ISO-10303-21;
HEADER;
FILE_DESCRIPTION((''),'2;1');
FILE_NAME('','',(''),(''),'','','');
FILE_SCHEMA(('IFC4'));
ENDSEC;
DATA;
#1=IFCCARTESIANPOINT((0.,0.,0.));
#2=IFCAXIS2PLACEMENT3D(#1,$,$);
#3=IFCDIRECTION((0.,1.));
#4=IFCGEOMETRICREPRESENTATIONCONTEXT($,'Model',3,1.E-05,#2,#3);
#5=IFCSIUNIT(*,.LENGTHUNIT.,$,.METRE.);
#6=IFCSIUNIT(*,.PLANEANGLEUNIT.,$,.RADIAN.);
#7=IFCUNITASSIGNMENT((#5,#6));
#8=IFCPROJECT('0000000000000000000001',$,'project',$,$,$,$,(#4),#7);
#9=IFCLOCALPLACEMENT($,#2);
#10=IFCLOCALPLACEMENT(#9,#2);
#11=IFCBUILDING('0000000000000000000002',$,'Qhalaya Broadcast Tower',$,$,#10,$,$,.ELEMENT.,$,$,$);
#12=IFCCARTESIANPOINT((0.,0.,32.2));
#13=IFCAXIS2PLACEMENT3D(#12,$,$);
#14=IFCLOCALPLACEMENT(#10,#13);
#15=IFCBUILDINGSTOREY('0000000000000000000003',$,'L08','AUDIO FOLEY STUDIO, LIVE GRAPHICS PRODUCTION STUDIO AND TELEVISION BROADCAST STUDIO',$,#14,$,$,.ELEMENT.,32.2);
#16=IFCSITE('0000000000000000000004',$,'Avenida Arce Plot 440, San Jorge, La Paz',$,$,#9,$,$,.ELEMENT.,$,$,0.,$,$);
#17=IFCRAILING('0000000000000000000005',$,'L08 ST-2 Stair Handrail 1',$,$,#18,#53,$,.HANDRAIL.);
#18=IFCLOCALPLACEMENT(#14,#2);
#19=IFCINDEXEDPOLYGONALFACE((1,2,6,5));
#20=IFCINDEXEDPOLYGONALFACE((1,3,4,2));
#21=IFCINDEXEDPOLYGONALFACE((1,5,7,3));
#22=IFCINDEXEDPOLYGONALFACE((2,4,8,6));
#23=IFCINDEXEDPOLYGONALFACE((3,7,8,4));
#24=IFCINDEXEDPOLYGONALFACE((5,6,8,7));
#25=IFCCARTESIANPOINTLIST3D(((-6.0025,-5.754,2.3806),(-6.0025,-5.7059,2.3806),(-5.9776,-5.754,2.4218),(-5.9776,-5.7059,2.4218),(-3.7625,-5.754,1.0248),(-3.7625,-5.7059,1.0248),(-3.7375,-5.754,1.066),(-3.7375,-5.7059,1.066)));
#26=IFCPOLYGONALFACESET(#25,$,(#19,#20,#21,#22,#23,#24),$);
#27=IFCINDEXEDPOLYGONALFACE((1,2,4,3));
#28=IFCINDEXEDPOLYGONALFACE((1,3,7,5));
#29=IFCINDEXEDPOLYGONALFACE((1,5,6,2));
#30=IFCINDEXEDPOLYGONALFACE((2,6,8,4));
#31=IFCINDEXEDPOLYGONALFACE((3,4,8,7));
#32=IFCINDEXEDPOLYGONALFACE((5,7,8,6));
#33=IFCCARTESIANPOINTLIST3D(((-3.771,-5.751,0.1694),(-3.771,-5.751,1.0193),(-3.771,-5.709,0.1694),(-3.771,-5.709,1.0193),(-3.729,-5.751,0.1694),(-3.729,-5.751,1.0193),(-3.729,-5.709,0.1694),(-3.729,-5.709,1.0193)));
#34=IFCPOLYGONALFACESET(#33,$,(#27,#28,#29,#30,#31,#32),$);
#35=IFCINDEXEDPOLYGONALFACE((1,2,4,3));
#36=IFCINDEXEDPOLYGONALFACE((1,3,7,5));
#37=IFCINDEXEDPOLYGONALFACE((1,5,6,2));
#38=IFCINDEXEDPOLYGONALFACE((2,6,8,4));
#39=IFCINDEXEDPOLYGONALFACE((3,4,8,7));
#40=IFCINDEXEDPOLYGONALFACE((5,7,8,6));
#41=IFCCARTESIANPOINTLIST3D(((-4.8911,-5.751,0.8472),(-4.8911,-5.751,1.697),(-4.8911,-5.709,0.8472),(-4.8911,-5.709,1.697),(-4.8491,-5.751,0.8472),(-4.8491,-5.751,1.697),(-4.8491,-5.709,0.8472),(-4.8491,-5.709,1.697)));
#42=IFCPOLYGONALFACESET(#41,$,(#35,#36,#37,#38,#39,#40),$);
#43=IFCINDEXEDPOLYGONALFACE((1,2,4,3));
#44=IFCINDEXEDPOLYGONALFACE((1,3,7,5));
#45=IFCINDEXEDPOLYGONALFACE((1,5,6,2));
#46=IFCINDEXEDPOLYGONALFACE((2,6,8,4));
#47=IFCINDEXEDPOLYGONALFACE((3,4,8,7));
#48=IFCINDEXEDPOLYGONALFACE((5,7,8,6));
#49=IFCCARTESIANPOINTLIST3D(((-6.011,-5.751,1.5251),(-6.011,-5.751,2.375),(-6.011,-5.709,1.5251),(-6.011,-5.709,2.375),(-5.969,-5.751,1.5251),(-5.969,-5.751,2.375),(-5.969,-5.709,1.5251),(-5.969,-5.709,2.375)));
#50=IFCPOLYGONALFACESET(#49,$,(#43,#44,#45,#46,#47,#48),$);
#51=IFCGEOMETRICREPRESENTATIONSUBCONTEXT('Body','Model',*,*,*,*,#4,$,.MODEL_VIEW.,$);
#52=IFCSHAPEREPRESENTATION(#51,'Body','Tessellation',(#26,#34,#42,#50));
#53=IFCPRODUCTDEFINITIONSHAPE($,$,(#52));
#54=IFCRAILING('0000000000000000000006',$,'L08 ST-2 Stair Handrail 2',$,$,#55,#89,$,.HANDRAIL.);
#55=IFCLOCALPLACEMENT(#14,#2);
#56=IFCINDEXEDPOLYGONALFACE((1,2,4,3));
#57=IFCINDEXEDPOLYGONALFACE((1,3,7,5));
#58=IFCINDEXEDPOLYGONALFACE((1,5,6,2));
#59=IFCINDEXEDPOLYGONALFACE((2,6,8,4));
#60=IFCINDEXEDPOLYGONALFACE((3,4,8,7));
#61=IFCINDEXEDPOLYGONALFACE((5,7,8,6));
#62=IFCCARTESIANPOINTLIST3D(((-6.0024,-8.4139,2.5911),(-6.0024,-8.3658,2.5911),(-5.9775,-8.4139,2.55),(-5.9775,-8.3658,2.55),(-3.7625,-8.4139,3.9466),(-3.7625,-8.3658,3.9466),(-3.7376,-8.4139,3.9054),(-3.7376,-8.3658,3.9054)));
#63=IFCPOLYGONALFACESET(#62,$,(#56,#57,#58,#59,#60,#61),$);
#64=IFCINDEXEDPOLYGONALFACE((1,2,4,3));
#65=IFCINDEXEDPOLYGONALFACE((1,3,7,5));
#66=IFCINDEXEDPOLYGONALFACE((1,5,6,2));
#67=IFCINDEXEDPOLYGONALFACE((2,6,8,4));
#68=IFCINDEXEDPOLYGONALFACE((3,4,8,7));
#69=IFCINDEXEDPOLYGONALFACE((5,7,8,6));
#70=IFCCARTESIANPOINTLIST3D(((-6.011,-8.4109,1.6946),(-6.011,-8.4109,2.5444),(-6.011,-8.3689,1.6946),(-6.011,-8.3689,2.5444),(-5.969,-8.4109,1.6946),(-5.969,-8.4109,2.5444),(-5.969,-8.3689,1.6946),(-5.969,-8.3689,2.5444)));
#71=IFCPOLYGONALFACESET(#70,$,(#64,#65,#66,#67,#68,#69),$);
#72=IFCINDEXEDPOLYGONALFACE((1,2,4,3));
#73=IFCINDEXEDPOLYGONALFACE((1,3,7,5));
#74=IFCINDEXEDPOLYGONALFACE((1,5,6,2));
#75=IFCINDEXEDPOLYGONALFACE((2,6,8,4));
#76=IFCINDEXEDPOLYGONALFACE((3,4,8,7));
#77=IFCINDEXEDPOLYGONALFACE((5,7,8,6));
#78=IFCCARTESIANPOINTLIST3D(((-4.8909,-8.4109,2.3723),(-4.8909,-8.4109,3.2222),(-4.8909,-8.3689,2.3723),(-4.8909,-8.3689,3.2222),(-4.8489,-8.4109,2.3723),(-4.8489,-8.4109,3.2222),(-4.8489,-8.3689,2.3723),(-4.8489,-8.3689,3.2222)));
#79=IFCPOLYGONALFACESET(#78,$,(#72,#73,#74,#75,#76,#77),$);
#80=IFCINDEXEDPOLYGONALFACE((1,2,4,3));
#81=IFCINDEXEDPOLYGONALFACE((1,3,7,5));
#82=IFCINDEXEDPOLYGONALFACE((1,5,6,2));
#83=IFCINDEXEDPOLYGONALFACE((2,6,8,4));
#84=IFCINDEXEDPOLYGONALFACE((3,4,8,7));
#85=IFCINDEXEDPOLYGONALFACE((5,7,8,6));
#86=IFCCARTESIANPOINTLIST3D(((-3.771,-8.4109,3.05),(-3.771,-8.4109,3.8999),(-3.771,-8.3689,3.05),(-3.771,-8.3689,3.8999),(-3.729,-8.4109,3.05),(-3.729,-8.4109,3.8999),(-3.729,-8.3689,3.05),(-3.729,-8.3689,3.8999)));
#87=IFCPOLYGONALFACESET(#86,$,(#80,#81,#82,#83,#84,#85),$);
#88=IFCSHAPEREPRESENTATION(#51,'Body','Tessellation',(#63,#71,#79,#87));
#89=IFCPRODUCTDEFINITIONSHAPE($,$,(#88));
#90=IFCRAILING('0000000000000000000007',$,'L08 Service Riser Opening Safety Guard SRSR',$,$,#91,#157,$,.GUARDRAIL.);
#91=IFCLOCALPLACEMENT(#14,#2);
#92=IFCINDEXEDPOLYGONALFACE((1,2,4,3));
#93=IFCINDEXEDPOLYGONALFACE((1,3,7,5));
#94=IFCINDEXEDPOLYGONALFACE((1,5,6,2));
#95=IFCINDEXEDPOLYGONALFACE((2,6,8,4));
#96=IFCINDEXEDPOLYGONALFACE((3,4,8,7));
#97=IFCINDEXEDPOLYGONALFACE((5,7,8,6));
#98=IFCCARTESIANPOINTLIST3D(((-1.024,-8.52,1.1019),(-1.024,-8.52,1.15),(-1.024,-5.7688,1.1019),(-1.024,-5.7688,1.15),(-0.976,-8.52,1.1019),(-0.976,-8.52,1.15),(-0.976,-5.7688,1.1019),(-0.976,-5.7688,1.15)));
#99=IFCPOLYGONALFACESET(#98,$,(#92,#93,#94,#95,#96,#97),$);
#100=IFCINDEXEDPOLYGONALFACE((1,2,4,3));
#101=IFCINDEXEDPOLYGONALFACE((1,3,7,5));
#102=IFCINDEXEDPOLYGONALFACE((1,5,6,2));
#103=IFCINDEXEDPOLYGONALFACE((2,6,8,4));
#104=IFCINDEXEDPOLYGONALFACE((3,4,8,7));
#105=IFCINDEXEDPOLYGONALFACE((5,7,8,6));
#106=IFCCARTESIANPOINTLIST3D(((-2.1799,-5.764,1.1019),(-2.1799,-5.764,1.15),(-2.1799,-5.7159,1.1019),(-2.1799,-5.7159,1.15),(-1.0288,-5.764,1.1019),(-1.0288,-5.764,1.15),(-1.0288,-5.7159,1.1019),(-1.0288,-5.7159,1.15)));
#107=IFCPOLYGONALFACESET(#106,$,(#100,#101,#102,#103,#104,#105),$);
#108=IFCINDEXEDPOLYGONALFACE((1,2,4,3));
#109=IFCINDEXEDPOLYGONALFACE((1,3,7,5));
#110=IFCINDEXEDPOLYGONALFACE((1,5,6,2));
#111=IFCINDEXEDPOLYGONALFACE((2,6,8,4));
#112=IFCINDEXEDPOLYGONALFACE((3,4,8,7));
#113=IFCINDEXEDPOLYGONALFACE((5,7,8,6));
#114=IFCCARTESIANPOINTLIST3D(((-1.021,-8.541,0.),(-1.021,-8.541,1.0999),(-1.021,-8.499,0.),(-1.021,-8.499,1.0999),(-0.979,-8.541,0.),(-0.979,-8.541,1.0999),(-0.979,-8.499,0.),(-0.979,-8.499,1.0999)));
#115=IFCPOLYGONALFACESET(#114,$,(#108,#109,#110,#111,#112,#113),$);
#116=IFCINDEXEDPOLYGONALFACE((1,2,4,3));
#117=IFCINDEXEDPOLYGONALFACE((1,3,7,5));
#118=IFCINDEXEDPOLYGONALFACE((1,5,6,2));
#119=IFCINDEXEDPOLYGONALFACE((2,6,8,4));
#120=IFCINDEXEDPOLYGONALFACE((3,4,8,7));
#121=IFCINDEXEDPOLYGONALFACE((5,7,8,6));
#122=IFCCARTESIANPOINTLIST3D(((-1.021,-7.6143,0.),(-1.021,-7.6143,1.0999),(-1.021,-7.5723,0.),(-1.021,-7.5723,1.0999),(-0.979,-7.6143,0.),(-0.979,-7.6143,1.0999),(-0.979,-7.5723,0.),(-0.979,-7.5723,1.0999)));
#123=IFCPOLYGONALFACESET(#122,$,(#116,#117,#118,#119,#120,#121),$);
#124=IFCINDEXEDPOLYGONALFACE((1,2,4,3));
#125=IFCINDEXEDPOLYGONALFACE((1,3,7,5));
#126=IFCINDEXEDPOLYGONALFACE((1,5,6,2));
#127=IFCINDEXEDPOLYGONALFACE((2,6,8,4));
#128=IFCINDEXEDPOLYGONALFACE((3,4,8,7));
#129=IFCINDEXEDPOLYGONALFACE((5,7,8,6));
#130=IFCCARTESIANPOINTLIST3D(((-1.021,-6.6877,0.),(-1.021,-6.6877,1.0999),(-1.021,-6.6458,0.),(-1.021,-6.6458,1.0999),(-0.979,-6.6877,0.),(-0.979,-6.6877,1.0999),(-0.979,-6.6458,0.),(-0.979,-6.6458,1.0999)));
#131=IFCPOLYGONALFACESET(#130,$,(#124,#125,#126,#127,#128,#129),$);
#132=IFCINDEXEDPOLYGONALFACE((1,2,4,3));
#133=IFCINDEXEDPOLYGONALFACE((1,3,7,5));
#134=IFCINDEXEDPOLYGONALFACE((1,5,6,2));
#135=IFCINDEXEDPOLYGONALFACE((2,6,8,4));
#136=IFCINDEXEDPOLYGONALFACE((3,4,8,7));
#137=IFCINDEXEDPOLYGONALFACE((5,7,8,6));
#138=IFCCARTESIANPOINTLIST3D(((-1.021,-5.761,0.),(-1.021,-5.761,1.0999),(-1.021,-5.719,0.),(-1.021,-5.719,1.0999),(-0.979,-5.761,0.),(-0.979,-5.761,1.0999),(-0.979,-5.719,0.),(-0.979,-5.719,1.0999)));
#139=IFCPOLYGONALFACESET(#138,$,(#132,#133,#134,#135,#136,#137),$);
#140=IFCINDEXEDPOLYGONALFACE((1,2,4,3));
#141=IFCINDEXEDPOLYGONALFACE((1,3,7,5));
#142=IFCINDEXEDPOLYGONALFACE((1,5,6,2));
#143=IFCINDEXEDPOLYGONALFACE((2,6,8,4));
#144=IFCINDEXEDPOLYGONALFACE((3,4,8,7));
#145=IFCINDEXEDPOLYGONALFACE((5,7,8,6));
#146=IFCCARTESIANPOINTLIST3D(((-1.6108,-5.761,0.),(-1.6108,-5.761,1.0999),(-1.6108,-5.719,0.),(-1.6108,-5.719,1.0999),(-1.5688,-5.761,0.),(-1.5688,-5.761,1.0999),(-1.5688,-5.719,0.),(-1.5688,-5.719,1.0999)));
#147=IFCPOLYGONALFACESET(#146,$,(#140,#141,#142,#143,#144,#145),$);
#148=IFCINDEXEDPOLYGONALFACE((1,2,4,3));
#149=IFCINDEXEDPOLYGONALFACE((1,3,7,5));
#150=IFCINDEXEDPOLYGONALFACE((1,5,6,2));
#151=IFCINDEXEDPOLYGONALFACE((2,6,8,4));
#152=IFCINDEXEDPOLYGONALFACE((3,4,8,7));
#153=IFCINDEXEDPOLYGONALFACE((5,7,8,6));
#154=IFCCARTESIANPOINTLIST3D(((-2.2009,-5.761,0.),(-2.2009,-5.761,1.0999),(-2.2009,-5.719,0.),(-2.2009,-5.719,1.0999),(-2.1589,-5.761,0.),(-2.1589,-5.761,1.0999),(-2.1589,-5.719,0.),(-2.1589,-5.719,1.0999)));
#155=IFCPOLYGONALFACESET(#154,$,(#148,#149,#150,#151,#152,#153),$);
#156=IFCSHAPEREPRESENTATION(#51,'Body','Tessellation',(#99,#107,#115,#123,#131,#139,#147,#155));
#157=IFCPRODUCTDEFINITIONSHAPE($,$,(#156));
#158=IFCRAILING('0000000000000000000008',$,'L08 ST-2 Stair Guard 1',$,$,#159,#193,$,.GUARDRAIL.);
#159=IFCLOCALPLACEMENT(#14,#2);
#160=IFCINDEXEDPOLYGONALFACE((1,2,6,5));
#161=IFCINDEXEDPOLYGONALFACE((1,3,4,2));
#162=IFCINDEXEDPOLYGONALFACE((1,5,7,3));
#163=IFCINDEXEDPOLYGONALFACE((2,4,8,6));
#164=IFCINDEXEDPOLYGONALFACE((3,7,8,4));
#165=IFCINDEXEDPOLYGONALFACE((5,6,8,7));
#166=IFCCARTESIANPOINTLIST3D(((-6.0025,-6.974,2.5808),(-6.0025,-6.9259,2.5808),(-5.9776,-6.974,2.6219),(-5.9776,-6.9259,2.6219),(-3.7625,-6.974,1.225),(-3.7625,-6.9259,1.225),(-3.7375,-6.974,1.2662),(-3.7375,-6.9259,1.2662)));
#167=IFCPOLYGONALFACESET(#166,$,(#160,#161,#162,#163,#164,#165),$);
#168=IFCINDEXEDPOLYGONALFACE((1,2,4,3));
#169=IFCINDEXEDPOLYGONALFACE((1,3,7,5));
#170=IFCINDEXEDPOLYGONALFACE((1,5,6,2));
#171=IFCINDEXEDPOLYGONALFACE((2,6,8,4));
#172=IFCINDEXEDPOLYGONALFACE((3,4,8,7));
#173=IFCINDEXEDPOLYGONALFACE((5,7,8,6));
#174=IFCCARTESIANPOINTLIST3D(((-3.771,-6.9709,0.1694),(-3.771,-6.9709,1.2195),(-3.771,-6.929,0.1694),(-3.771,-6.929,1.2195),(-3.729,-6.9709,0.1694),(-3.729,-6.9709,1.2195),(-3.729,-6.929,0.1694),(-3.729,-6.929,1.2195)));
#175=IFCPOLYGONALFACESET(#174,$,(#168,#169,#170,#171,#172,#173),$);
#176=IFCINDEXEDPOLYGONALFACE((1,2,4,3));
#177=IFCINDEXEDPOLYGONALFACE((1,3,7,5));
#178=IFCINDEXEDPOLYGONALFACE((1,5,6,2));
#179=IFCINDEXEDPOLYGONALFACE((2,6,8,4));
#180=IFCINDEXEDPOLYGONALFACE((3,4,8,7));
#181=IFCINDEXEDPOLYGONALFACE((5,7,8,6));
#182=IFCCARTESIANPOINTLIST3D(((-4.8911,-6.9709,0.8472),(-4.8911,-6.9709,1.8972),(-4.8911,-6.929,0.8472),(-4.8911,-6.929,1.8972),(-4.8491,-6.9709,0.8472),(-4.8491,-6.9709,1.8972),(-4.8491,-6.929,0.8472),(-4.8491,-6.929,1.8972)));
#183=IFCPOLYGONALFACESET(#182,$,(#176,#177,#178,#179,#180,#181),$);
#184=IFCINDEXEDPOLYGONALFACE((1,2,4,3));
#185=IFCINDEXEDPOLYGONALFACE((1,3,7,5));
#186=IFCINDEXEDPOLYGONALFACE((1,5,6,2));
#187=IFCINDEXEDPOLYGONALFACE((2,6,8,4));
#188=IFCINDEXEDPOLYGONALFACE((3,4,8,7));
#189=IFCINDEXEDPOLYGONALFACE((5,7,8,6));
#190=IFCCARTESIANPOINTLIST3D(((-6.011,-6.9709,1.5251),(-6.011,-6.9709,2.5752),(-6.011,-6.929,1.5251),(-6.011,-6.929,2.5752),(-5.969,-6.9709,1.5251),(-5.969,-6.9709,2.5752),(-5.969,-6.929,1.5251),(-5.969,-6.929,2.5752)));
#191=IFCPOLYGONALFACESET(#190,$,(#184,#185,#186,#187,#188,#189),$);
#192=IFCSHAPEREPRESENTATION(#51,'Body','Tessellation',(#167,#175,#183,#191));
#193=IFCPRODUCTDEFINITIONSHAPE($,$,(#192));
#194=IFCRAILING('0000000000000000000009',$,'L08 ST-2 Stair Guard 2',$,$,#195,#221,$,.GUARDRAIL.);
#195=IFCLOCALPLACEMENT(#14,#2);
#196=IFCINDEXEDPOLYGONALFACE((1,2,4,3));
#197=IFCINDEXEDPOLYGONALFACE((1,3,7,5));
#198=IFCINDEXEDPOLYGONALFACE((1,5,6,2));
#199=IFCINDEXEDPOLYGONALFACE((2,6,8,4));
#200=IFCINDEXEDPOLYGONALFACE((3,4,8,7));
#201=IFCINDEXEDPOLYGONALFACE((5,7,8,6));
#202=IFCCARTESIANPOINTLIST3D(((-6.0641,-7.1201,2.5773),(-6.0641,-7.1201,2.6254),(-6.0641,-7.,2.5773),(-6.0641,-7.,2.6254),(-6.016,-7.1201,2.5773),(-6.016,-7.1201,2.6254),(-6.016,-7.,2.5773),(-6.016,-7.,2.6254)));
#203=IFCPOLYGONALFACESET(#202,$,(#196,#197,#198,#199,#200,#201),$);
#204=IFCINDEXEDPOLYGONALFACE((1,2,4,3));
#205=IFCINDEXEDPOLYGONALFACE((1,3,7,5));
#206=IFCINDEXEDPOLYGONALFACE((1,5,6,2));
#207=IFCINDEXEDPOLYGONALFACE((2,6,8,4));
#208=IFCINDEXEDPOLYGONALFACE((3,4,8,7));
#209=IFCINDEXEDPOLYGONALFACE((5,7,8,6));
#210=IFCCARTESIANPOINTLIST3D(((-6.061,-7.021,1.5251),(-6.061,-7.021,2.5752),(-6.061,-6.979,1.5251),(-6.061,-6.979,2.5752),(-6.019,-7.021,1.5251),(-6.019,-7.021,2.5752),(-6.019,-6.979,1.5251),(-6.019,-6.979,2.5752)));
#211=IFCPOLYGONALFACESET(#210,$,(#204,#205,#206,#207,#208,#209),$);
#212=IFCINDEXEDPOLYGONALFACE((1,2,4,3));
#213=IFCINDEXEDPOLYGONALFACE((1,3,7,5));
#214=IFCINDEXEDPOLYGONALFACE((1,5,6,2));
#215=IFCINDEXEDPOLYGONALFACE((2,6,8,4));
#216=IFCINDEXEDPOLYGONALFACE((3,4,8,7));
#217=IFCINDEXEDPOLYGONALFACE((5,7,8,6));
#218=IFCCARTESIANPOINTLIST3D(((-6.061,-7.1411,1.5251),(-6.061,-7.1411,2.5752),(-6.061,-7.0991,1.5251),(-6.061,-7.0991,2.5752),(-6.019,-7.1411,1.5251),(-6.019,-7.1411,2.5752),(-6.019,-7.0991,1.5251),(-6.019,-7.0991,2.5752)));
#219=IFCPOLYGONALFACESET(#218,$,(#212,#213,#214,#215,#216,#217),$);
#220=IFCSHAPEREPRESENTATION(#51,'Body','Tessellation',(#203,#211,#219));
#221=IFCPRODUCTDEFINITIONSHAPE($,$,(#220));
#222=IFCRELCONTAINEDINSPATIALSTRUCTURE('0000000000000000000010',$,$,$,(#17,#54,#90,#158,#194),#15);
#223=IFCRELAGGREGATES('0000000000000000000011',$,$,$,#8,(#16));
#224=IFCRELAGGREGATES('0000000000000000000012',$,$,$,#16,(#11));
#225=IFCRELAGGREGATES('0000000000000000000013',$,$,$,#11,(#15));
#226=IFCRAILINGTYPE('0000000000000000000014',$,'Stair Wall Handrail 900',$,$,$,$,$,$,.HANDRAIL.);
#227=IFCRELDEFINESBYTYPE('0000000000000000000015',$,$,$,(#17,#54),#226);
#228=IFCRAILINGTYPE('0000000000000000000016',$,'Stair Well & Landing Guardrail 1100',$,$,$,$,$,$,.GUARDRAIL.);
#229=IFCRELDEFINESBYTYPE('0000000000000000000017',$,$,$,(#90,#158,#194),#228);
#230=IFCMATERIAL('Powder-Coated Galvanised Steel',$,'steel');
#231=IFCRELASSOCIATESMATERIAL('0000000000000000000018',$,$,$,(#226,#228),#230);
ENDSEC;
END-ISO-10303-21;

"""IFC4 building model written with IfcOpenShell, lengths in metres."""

from ifc_helpers import new_model, si_unit, direction, frame, origin, origin_2d, place, context, subcontext, project, spatial, rectangle, extrude, material, type_object, element, save


model = new_model("IFC4")

# Units and contexts
model_context = context("Model", 3, precision=1e-05, world=origin(), true_north=direction((0.0, 1.0)))
body_context = subcontext(model_context, "Body", "Model", "MODEL_VIEW")
ifc_project = project(units=[si_unit("LENGTHUNIT", "METRE"), si_unit("PLANEANGLEUNIT", "RADIAN")], contexts=[model_context])

# Site, building, storey
site_placement = place(None, origin())
site = spatial("IfcSite", under=ifc_project, at=site_placement, Name="Avenida Arce Plot 440, San Jorge, La Paz", CompositionType="ELEMENT", RefElevation=0.0)
building_placement = place(site_placement, origin())
building = spatial("IfcBuilding", under=site, at=building_placement, Name="Qhalaya Broadcast Tower", CompositionType="ELEMENT")
storey_placement = place(building_placement, frame((0.0, 0.0, 32.2)))
storey = spatial("IfcBuildingStorey", under=building, at=storey_placement, Name="L08", Description="AUDIO FOLEY STUDIO, LIVE GRAPHICS PRODUCTION STUDIO AND TELEVISION BROADCAST STUDIO", CompositionType="ELEMENT", Elevation=32.2)

# Railings
ifc_material_1 = material(Name="Powder-Coated Galvanised Steel", Category="steel")
railing_type_1 = type_object("IfcRailingType", Name="Stair Wall Handrail 900", PredefinedType="HANDRAIL", material=ifc_material_1)
railing_1_placement = place(storey_placement, frame((-3.75, -5.73, 0.1694)))
element("IfcRailing", 1, at=railing_1_placement, inside=storey, type_object=railing_type_1, Name="L08 ST-2 Stair Handrail 1", PredefinedType="HANDRAIL", context=body_context, shape_type="SweptSolid", body=[
    extrude(rectangle(XDim=0.0481, YDim=0.0481, at=origin_2d()), frame((0.0, 0.0, 0.876), z_axis=(-0.855512, 0.0, 0.517783), x_axis=(0.0, -1.0, 0.0)), (0.0, 0.0, 1.0), 2.6184),
    extrude(rectangle(XDim=0.042, YDim=0.042, at=origin_2d()), origin(), (0.0, 0.0, 1.0), 0.8499),
    extrude(rectangle(XDim=0.042, YDim=0.042, at=origin_2d()), frame((-1.1201, 0.0, 0.6777)), (0.0, 0.0, 1.0), 0.8499),
    extrude(rectangle(XDim=0.042, YDim=0.042, at=origin_2d()), frame((-2.24, 0.0, 1.3557)), (0.0, 0.0, 1.0), 0.8499),
])
railing_2_placement = place(storey_placement, frame((-5.99, -8.3899, 1.6946)))
element("IfcRailing", 2, at=railing_2_placement, inside=storey, type_object=railing_type_1, Name="L08 ST-2 Stair Handrail 2", PredefinedType="HANDRAIL", context=body_context, shape_type="SweptSolid", body=[
    extrude(rectangle(XDim=0.0481, YDim=0.0481, at=origin_2d()), frame((0.0, 0.0, 0.876), z_axis=(0.855553, 0.0, 0.517715), x_axis=(0.0, 1.0, 0.0)), (0.0, 0.0, 1.0), 2.6182),
    extrude(rectangle(XDim=0.042, YDim=0.042, at=origin_2d()), origin(), (0.0, 0.0, 1.0), 0.8499),
    extrude(rectangle(XDim=0.042, YDim=0.042, at=origin_2d()), frame((1.1201, 0.0, 0.6777)), (0.0, 0.0, 1.0), 0.8499),
    extrude(rectangle(XDim=0.042, YDim=0.042, at=origin_2d()), frame((2.24, 0.0, 1.3555)), (0.0, 0.0, 1.0), 0.8499),
])
railing_type_2 = type_object("IfcRailingType", Name="Stair Well & Landing Guardrail 1100", PredefinedType="GUARDRAIL", material=ifc_material_1)
railing_3_placement = place(storey_placement, frame((-1.0, -8.52, 0.0)))
element("IfcRailing", 3, at=railing_3_placement, inside=storey, type_object=railing_type_2, Name="L08 Service Riser Opening Safety Guard SRSR", PredefinedType="GUARDRAIL", context=body_context, shape_type="SweptSolid", body=[
    extrude(rectangle(XDim=0.0481, YDim=0.0481, at=origin_2d()), frame((0.0, 0.0, 1.126), z_axis=(0.0, 1.0, 0.0), x_axis=(-1.0, 0.0, 0.0)), (0.0, 0.0, 1.0), 2.7512),
    extrude(rectangle(XDim=0.0481, YDim=0.0481, at=origin_2d()), frame((-0.0288, 2.78, 1.126), z_axis=(-1.0, 0.0, 0.0), x_axis=(0.0, -1.0, 0.0)), (0.0, 0.0, 1.0), 1.1511),
    extrude(rectangle(XDim=0.042, YDim=0.042, at=origin_2d()), origin(), (0.0, 0.0, 1.0), 1.0999),
    extrude(rectangle(XDim=0.042, YDim=0.042, at=origin_2d()), frame((0.0, 0.9268, 0.0)), (0.0, 0.0, 1.0), 1.0999),
    extrude(rectangle(XDim=0.042, YDim=0.042, at=origin_2d()), frame((0.0, 1.8533, 0.0)), (0.0, 0.0, 1.0), 1.0999),
    extrude(rectangle(XDim=0.042, YDim=0.042, at=origin_2d()), frame((0.0, 2.78, 0.0)), (0.0, 0.0, 1.0), 1.0999),
    extrude(rectangle(XDim=0.042, YDim=0.042, at=origin_2d()), frame((-0.5898, 2.78, 0.0)), (0.0, 0.0, 1.0), 1.0999),
    extrude(rectangle(XDim=0.042, YDim=0.042, at=origin_2d()), frame((-1.1799, 2.78, 0.0)), (0.0, 0.0, 1.0), 1.0999),
])
railing_4_placement = place(storey_placement, frame((-3.75, -6.95, 0.1694)))
element("IfcRailing", 4, at=railing_4_placement, inside=storey, type_object=railing_type_2, Name="L08 ST-2 Stair Guard 1", PredefinedType="GUARDRAIL", context=body_context, shape_type="SweptSolid", body=[
    extrude(rectangle(XDim=0.0481, YDim=0.0481, at=origin_2d()), frame((0.0, 0.0, 1.0762), z_axis=(-0.855512, 0.0, 0.517783), x_axis=(0.0, -1.0, 0.0)), (0.0, 0.0, 1.0), 2.6184),
    extrude(rectangle(XDim=0.042, YDim=0.042, at=origin_2d()), origin(), (0.0, 0.0, 1.0), 1.05),
    extrude(rectangle(XDim=0.042, YDim=0.042, at=origin_2d()), frame((-1.1201, 0.0, 0.6777)), (0.0, 0.0, 1.0), 1.05),
    extrude(rectangle(XDim=0.042, YDim=0.042, at=origin_2d()), frame((-2.24, 0.0, 1.3557)), (0.0, 0.0, 1.0), 1.05),
])
railing_5_placement = place(storey_placement, frame((-6.04, -7.0, 1.5251)))
element("IfcRailing", 5, at=railing_5_placement, inside=storey, type_object=railing_type_2, Name="L08 ST-2 Stair Guard 2", PredefinedType="GUARDRAIL", context=body_context, shape_type="SweptSolid", body=[
    extrude(rectangle(XDim=0.0481, YDim=0.0481, at=origin_2d()), frame((0.0, 0.0, 1.0762), z_axis=(0.0, -1.0, 0.0), x_axis=(1.0, 0.0, 0.0)), (0.0, 0.0, 1.0), 0.1201),
    extrude(rectangle(XDim=0.042, YDim=0.042, at=origin_2d()), origin(), (0.0, 0.0, 1.0), 1.05),
    extrude(rectangle(XDim=0.042, YDim=0.042, at=origin_2d()), frame((0.0, -0.1201, 0.0)), (0.0, 0.0, 1.0), 1.05),
])

save(model, "model.ifc")
